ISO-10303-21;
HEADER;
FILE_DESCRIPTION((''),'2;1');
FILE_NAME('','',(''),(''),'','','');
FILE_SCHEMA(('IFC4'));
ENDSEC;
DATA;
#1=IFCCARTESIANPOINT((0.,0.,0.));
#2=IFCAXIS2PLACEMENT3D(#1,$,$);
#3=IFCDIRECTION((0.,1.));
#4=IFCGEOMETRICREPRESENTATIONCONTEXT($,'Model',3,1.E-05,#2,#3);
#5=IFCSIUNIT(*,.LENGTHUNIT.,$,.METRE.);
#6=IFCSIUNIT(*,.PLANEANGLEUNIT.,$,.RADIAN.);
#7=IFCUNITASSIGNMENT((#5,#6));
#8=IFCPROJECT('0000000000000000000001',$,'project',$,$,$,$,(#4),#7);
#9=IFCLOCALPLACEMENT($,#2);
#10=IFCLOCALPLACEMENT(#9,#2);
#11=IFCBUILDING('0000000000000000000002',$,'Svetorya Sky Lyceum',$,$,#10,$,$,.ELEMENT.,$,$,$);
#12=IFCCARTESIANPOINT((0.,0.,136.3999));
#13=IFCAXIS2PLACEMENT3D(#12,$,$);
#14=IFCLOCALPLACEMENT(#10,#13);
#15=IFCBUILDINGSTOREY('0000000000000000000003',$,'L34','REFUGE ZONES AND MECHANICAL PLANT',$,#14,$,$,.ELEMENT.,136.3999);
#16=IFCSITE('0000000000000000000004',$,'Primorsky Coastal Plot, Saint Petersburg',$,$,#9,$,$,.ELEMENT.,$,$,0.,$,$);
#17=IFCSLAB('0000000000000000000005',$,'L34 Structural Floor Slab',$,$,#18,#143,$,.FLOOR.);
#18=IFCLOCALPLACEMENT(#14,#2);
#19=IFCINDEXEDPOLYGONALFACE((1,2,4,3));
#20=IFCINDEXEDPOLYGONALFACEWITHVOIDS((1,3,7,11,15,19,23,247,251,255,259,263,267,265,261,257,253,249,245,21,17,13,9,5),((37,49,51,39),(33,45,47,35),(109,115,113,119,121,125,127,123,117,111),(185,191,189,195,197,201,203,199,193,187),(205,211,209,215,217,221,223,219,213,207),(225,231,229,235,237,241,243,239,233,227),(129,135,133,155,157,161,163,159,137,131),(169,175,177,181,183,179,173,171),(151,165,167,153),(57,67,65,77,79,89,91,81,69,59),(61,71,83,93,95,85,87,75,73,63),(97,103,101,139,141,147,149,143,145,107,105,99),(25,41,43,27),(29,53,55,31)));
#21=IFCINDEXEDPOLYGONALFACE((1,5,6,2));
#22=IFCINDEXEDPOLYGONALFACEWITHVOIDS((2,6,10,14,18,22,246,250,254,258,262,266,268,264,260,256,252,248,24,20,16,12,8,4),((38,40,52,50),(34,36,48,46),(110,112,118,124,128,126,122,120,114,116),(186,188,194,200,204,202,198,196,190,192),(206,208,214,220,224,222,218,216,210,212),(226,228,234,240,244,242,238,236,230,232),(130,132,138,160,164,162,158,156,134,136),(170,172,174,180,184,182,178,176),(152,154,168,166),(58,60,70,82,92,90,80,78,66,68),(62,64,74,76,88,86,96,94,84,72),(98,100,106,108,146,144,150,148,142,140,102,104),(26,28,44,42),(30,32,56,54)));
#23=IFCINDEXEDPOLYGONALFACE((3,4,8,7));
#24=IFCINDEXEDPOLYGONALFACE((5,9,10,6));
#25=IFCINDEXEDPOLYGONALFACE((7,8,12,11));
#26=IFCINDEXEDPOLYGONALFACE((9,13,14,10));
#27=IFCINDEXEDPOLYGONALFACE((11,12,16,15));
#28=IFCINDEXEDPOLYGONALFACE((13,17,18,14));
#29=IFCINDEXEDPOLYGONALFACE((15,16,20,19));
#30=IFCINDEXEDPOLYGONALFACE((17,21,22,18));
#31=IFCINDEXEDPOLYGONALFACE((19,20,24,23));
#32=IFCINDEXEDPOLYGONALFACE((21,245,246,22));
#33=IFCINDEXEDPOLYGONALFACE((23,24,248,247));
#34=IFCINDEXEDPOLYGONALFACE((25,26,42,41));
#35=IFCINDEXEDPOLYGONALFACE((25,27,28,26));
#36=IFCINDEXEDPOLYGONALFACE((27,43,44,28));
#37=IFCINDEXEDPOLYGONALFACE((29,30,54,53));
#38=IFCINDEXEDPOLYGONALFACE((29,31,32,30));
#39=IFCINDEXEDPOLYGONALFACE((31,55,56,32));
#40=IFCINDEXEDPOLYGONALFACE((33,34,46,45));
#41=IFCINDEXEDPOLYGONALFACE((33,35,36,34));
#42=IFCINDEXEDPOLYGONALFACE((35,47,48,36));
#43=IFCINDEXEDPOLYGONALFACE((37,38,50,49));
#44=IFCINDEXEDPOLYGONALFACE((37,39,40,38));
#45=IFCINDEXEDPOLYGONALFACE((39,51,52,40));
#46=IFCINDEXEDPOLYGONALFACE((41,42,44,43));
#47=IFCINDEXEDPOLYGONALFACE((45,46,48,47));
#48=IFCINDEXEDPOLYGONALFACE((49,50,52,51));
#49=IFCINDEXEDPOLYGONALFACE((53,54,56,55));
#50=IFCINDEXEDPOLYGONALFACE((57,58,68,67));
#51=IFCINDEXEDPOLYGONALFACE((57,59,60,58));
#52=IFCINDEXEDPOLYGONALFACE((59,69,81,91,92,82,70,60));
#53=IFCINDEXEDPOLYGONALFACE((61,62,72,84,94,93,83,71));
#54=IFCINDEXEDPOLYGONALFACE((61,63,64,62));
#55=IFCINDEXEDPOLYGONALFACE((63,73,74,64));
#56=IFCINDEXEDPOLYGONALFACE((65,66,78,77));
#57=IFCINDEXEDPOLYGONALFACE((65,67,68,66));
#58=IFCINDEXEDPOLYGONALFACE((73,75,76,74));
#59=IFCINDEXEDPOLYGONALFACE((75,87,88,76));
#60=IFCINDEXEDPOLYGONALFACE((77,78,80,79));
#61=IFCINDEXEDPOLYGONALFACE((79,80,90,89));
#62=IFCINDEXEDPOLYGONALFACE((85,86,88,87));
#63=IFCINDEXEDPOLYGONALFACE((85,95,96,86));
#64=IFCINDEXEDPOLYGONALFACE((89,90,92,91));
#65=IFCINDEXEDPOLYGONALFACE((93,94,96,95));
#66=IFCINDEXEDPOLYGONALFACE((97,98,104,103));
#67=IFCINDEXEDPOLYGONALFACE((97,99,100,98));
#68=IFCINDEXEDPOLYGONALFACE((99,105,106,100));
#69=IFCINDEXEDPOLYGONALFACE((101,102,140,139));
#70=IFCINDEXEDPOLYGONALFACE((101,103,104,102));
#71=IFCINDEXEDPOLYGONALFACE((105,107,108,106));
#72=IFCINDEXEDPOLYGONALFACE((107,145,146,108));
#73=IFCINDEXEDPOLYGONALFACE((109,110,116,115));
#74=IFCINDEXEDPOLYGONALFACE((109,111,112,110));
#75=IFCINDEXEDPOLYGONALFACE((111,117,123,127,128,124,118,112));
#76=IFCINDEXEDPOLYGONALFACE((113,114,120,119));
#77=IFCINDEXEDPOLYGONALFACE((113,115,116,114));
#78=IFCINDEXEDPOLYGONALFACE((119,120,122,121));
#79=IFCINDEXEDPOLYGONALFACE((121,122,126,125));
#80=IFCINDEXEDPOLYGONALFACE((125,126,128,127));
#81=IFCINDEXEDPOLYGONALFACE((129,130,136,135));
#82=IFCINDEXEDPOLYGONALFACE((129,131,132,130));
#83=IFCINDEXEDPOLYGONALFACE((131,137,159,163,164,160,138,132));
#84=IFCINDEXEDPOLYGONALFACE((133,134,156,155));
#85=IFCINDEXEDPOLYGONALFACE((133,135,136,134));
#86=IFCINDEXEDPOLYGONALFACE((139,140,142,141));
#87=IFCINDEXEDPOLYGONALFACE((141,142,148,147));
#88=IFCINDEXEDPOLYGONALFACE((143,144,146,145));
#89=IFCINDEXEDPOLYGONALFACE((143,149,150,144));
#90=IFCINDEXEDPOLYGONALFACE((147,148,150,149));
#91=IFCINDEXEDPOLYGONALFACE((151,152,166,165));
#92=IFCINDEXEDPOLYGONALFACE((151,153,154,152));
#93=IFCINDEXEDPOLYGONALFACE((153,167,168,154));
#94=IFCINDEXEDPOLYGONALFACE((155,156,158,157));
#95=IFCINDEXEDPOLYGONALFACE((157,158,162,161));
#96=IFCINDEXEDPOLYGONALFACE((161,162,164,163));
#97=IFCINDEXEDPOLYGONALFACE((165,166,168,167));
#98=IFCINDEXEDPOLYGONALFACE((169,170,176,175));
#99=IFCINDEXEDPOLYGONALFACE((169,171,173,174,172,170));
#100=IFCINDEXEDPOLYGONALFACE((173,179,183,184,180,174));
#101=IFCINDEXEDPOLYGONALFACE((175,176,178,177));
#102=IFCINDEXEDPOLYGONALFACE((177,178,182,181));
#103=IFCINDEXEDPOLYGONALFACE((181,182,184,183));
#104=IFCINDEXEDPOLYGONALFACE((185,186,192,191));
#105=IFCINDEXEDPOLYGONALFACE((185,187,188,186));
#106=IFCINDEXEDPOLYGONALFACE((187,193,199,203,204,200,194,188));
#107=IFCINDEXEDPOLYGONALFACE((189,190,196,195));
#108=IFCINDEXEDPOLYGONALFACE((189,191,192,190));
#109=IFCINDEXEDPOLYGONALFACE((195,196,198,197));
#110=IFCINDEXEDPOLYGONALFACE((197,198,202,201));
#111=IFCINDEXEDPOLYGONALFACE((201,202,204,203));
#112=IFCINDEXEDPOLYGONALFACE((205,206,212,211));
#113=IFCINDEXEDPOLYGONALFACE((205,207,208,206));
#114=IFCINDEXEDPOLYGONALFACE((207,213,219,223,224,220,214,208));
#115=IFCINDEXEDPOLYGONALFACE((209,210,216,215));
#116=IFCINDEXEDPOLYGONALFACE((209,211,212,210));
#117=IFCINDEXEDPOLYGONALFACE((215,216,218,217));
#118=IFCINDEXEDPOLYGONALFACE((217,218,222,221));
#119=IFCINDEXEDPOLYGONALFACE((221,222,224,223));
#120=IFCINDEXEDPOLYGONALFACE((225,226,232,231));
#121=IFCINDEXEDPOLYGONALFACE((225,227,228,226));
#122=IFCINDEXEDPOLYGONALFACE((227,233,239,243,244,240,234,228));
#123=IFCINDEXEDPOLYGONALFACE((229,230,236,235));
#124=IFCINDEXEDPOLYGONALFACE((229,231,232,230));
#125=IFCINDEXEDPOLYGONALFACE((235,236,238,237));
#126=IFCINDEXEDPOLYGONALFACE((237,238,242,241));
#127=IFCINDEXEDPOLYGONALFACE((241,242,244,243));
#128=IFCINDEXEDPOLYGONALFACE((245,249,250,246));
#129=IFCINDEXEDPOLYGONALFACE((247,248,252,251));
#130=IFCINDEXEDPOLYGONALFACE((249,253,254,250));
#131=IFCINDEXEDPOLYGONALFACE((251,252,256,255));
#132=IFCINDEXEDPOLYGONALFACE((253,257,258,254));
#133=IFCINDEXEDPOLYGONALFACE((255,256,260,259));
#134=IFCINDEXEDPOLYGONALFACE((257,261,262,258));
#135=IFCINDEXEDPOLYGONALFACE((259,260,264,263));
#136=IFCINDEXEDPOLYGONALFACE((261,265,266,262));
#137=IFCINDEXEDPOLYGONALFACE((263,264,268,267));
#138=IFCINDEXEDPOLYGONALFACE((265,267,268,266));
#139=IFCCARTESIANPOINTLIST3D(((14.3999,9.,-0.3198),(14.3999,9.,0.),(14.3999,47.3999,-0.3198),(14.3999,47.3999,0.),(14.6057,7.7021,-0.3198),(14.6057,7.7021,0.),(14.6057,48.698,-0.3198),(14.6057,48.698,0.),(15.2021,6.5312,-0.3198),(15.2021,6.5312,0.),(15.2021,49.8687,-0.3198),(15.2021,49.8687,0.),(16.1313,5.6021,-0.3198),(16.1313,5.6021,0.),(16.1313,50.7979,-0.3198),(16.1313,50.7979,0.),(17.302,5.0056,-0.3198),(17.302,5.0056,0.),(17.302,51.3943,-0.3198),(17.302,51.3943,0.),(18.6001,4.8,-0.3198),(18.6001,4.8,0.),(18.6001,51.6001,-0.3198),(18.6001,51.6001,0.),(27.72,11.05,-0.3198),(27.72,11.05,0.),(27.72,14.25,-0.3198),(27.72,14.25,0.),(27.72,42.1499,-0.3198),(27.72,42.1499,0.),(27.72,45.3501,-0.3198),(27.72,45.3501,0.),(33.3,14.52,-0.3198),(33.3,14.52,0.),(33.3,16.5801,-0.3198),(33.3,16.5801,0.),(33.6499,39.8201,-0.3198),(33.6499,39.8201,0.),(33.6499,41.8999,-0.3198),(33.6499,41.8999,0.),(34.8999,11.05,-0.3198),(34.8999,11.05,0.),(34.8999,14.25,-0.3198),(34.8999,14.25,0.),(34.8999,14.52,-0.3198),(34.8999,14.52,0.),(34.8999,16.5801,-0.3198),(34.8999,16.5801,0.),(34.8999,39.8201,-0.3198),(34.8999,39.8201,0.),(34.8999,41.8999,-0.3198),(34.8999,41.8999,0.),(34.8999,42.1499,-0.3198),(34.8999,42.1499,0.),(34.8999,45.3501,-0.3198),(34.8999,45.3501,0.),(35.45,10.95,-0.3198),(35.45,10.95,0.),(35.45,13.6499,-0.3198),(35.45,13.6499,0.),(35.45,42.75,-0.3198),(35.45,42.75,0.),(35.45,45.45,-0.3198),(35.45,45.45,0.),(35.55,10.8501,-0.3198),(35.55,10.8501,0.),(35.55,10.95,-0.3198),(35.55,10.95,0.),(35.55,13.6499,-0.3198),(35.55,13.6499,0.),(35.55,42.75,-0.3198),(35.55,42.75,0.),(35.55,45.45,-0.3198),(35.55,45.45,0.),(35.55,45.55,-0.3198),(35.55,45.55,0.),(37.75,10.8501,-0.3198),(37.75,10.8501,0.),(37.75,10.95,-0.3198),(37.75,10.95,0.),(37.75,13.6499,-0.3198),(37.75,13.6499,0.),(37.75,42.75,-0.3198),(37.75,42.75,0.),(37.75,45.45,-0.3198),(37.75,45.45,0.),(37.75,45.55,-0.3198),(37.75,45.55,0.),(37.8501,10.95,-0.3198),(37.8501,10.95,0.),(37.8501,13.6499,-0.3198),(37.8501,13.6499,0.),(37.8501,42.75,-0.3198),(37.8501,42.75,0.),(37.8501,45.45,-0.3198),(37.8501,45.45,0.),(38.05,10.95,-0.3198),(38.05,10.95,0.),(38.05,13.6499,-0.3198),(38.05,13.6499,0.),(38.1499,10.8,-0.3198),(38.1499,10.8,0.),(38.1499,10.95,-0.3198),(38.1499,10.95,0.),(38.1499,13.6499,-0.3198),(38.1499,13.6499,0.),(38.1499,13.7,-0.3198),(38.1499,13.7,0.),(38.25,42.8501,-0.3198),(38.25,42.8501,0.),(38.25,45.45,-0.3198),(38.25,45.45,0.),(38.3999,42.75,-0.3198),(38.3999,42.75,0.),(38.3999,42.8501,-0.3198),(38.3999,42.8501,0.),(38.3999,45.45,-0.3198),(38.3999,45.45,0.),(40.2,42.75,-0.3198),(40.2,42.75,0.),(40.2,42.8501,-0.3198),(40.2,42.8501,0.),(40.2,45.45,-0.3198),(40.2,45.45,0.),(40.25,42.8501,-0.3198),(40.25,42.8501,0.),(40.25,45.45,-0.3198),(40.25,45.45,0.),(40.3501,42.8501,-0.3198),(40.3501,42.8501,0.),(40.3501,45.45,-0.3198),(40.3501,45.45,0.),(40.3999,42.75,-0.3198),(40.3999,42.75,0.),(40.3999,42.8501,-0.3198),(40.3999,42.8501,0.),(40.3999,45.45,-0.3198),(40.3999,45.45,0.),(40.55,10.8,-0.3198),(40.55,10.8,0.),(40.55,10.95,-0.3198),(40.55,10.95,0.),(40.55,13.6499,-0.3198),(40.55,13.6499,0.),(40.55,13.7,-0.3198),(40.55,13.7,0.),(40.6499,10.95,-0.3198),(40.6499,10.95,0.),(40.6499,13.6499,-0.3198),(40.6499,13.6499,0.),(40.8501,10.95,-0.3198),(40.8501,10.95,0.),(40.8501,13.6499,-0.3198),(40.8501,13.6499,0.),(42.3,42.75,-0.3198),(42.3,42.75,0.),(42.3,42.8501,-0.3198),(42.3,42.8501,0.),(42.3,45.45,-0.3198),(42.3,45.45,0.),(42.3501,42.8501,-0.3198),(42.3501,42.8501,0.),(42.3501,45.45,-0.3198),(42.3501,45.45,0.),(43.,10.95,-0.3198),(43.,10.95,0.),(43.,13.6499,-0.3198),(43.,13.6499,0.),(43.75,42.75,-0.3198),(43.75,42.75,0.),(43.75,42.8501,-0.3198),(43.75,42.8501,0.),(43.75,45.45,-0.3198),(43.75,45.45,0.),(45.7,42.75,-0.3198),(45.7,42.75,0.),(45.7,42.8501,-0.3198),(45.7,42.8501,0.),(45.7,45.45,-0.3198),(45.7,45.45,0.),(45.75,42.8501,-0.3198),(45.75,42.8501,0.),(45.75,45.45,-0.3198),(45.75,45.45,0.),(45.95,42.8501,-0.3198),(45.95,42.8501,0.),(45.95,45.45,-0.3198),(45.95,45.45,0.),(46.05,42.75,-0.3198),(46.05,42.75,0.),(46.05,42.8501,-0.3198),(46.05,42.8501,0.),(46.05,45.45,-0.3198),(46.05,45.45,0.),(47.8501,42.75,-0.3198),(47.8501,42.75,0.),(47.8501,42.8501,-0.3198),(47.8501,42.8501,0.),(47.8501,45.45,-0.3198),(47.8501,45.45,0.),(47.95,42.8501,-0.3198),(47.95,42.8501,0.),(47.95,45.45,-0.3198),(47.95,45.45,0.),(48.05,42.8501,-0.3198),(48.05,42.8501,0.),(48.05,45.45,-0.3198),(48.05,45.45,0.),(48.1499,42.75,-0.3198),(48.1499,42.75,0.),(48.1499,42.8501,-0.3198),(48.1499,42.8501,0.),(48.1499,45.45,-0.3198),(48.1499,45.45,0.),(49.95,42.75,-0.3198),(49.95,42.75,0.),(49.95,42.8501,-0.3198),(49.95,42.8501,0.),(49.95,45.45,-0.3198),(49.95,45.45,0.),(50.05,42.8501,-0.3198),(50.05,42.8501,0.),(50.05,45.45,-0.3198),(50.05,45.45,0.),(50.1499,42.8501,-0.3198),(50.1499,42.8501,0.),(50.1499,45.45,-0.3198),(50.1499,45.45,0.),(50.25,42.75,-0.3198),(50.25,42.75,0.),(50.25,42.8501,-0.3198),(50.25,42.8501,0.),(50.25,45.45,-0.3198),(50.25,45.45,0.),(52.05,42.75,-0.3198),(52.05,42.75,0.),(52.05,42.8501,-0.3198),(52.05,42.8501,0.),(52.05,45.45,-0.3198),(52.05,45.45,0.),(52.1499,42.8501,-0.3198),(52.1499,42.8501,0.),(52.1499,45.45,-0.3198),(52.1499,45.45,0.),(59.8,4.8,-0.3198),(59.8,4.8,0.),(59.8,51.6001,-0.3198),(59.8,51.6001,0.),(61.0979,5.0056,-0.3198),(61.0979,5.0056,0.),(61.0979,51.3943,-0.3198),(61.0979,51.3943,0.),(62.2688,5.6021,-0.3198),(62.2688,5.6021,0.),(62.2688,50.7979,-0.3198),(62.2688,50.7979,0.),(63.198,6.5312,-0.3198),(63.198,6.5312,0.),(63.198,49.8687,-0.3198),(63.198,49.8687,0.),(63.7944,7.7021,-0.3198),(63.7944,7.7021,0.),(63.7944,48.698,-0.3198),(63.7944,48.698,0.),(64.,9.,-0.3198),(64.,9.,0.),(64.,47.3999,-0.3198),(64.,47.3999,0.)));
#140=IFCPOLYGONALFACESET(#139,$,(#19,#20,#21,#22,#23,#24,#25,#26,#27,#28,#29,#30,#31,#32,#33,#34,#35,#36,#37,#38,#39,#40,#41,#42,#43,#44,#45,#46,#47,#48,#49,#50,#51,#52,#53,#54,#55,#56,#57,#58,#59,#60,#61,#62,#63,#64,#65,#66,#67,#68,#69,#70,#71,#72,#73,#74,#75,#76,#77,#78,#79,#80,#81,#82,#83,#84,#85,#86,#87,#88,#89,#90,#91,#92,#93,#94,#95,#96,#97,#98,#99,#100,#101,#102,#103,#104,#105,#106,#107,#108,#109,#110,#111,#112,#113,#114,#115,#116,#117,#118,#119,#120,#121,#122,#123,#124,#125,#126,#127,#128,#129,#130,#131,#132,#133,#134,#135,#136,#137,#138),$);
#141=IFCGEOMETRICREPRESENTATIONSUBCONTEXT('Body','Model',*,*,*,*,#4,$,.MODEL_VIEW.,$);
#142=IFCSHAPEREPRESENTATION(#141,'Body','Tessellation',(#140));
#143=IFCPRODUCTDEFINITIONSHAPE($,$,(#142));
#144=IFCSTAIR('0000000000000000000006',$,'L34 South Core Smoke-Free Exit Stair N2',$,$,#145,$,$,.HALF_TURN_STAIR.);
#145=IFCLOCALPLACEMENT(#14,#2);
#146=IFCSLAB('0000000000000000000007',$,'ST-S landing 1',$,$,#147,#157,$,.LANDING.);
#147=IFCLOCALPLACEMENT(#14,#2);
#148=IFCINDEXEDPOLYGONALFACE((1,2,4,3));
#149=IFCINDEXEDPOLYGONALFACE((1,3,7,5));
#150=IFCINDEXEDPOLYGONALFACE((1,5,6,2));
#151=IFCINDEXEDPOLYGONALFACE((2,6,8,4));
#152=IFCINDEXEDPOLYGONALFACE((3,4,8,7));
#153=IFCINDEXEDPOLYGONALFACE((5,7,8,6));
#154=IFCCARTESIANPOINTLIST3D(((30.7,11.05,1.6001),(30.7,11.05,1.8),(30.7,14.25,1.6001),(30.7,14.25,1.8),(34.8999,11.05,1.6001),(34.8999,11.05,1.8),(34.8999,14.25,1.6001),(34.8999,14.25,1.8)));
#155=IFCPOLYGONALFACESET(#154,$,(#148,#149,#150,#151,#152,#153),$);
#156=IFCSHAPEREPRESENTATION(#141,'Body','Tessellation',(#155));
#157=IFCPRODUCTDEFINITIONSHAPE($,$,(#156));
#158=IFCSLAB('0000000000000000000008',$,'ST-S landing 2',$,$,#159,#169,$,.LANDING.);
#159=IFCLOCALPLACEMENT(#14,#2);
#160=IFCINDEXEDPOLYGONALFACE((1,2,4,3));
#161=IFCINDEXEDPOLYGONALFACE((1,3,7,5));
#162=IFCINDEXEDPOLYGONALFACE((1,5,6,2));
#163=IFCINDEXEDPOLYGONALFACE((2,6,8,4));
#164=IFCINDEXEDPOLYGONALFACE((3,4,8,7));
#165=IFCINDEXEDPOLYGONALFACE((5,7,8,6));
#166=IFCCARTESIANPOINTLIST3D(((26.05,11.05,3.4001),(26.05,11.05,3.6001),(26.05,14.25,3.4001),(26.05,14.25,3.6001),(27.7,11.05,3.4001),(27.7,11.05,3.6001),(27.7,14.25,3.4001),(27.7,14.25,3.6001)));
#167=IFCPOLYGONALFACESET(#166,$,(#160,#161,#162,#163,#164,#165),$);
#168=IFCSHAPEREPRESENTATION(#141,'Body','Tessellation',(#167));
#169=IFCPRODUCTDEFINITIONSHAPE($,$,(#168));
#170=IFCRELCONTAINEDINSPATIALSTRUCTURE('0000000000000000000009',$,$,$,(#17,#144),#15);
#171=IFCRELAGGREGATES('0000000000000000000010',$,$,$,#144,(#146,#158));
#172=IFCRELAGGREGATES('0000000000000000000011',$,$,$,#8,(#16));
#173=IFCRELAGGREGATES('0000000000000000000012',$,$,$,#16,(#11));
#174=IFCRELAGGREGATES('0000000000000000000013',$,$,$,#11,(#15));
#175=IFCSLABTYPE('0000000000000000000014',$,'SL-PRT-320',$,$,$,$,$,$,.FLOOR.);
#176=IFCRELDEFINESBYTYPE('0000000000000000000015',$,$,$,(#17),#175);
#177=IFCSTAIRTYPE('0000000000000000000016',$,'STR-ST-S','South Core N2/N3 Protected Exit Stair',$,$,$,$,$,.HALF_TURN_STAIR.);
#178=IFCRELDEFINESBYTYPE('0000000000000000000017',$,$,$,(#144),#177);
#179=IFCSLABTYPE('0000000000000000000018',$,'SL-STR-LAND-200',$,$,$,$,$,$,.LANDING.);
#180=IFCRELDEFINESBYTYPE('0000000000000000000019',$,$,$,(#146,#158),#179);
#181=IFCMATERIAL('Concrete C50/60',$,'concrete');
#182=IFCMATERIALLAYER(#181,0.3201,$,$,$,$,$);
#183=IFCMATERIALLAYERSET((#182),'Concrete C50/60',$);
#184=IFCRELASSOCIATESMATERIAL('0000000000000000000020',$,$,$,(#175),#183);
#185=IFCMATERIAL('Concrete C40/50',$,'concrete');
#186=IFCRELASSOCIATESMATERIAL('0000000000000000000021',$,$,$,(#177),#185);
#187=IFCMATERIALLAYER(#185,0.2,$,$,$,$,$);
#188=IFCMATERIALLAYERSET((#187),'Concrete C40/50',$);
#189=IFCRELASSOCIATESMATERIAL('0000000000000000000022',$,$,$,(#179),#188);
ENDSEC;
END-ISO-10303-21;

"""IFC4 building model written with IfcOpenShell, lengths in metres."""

from ifc_helpers import new_model, si_unit, direction, frame, origin, place, context, subcontext, project, spatial, polyline, outline, extrude, material, layer, layer_set, type_object, element, aggregate, save


model = new_model("IFC4")

# Units and contexts
model_context = context("Model", 3, precision=1e-05, world=origin(), true_north=direction((0.0, 1.0)))
body_context = subcontext(model_context, "Body", "Model", "MODEL_VIEW")
ifc_project = project(units=[si_unit("LENGTHUNIT", "METRE"), si_unit("PLANEANGLEUNIT", "RADIAN")], contexts=[model_context])

# Site, building, storey
site_placement = place(None, origin())
site = spatial("IfcSite", under=ifc_project, at=site_placement, Name="Primorsky Coastal Plot, Saint Petersburg", CompositionType="ELEMENT", RefElevation=0.0)
building_placement = place(site_placement, origin())
building = spatial("IfcBuilding", under=site, at=building_placement, Name="Svetorya Sky Lyceum", CompositionType="ELEMENT")
storey_placement = place(building_placement, frame((0.0, 0.0, 136.3999)))
storey = spatial("IfcBuildingStorey", under=building, at=storey_placement, Name="L34", Description="REFUGE ZONES AND MECHANICAL PLANT", CompositionType="ELEMENT", Elevation=136.3999)

# Shared definitions
ifc_material_1 = material(Name="Concrete C50/60", Category="concrete")

# Slab
ifc_layer_1 = layer(ifc_material_1, 0.3201)
ifc_layer_set_1 = layer_set([ifc_layer_1], Name="Concrete C50/60")
slab_type_1 = type_object("IfcSlabType", Name="SL-PRT-320", PredefinedType="FLOOR", material=ifc_layer_set_1)
slab_1_placement = place(storey_placement, frame((0.0, 0.0, -0.3198)))
element("IfcSlab", 1, at=slab_1_placement, inside=storey, type_object=slab_type_1, Name="L34 Structural Floor Slab", PredefinedType="FLOOR", context=body_context, shape_type="SweptSolid", body=[
    extrude(outline(polyline([(14.3999, 9.0), (14.6057, 7.7021), (15.2021, 6.5312), (16.1313, 5.6021), (17.302, 5.0056), (18.6001, 4.8), (59.8, 4.8), (61.0979, 5.0056), (62.2688, 5.6021), (63.198, 6.5312), (63.7944, 7.7021), (64.0, 9.0), (64.0, 47.3999), (63.7944, 48.698), (63.198, 49.8687), (62.2688, 50.7979), (61.0979, 51.3943), (59.8, 51.6001), (18.6001, 51.6001), (17.302, 51.3943), (16.1313, 50.7979), (15.2021, 49.8687), (14.6057, 48.698), (14.3999, 47.3999), (14.3999, 9.0)]), holes=[polyline([(37.8501, 10.95), (37.75, 10.95), (37.75, 10.8501), (35.55, 10.8501), (35.55, 10.95), (35.45, 10.95), (35.45, 13.6499), (35.55, 13.6499), (37.75, 13.6499), (37.8501, 13.6499), (37.8501, 10.95)]), polyline([(40.6499, 13.6499), (40.6499, 10.95), (40.55, 10.95), (40.55, 10.8), (38.1499, 10.8), (38.1499, 10.95), (38.05, 10.95), (38.05, 13.6499), (38.1499, 13.6499), (38.1499, 13.7), (40.55, 13.7), (40.55, 13.6499), (40.6499, 13.6499)]), polyline([(27.72, 14.25), (34.8999, 14.25), (34.8999, 11.05), (27.72, 11.05), (27.72, 14.25)]), polyline([(33.3, 14.52), (33.3, 16.5801), (34.8999, 16.5801), (34.8999, 14.52), (33.3, 14.52)]), polyline([(33.6499, 41.8999), (34.8999, 41.8999), (34.8999, 39.8201), (33.6499, 39.8201), (33.6499, 41.8999)]), polyline([(27.72, 45.3501), (34.8999, 45.3501), (34.8999, 42.1499), (27.72, 42.1499), (27.72, 45.3501)]), polyline([(37.75, 45.55), (37.75, 45.45), (37.8501, 45.45), (37.8501, 42.75), (37.75, 42.75), (35.55, 42.75), (35.45, 42.75), (35.45, 45.45), (35.55, 45.45), (35.55, 45.55), (37.75, 45.55)]), polyline([(38.3999, 42.8501), (38.25, 42.8501), (38.25, 45.45), (38.3999, 45.45), (40.2, 45.45), (40.25, 45.45), (40.25, 42.8501), (40.2, 42.8501), (40.2, 42.75), (38.3999, 42.75), (38.3999, 42.8501)]), polyline([(40.8501, 13.6499), (43.0, 13.6499), (43.0, 10.95), (40.8501, 10.95), (40.8501, 13.6499)]), polyline([(40.3999, 42.8501), (40.3501, 42.8501), (40.3501, 45.45), (40.3999, 45.45), (42.3, 45.45), (42.3501, 45.45), (42.3501, 42.8501), (42.3, 42.8501), (42.3, 42.75), (40.3999, 42.75), (40.3999, 42.8501)]), polyline([(43.75, 42.75), (43.75, 42.8501), (43.75, 45.45), (45.7, 45.45), (45.75, 45.45), (45.75, 42.8501), (45.7, 42.8501), (45.7, 42.75), (43.75, 42.75)]), polyline([(46.05, 42.8501), (45.95, 42.8501), (45.95, 45.45), (46.05, 45.45), (47.8501, 45.45), (47.95, 45.45), (47.95, 42.8501), (47.8501, 42.8501), (47.8501, 42.75), (46.05, 42.75), (46.05, 42.8501)]), polyline([(48.1499, 42.8501), (48.05, 42.8501), (48.05, 45.45), (48.1499, 45.45), (49.95, 45.45), (50.05, 45.45), (50.05, 42.8501), (49.95, 42.8501), (49.95, 42.75), (48.1499, 42.75), (48.1499, 42.8501)]), polyline([(52.1499, 42.8501), (52.05, 42.8501), (52.05, 42.75), (50.25, 42.75), (50.25, 42.8501), (50.1499, 42.8501), (50.1499, 45.45), (50.25, 45.45), (52.05, 45.45), (52.1499, 45.45), (52.1499, 42.8501)])]), origin(), (0.0, 0.0, 1.0), 0.3198),
])

# Stair, slabs
ifc_material_2 = material(Name="Concrete C40/50", Category="concrete")
stair_type_1 = type_object("IfcStairType", Name="STR-ST-S", Description="South Core N2/N3 Protected Exit Stair", PredefinedType="HALF_TURN_STAIR", material=ifc_material_2)
stair_1_placement = place(storey_placement, origin())
stair_1 = element("IfcStair", 2, at=stair_1_placement, inside=storey, type_object=stair_type_1, Name="L34 South Core Smoke-Free Exit Stair N2", PredefinedType="HALF_TURN_STAIR")
ifc_layer_2 = layer(ifc_material_2, 0.2)
ifc_layer_set_2 = layer_set([ifc_layer_2], Name="Concrete C40/50")
slab_type_2 = type_object("IfcSlabType", Name="SL-STR-LAND-200", PredefinedType="LANDING", material=ifc_layer_set_2)
slab_2_placement = place(storey_placement, frame((0.0, 0.0, 1.6001)))
slab_2 = element("IfcSlab", 3, at=slab_2_placement, type_object=slab_type_2, Name="ST-S landing 1", PredefinedType="LANDING", context=body_context, shape_type="SweptSolid", body=[
    extrude(outline(polyline([(30.7, 11.05), (34.8999, 11.05), (34.8999, 14.25), (30.7, 14.25), (30.7, 11.05)])), origin(), (0.0, 0.0, 1.0), 0.2),
])
slab_3_placement = place(storey_placement, frame((0.0, 0.0, 3.4001)))
slab_3 = element("IfcSlab", 4, at=slab_3_placement, type_object=slab_type_2, Name="ST-S landing 2", PredefinedType="LANDING", context=body_context, shape_type="SweptSolid", body=[
    extrude(outline(polyline([(26.05, 11.05), (27.7, 11.05), (27.7, 14.25), (26.05, 14.25), (26.05, 11.05)])), origin(), (0.0, 0.0, 1.0), 0.2),
])
aggregate(stair_1, [slab_2, slab_3])

save(model, "model.ifc")
